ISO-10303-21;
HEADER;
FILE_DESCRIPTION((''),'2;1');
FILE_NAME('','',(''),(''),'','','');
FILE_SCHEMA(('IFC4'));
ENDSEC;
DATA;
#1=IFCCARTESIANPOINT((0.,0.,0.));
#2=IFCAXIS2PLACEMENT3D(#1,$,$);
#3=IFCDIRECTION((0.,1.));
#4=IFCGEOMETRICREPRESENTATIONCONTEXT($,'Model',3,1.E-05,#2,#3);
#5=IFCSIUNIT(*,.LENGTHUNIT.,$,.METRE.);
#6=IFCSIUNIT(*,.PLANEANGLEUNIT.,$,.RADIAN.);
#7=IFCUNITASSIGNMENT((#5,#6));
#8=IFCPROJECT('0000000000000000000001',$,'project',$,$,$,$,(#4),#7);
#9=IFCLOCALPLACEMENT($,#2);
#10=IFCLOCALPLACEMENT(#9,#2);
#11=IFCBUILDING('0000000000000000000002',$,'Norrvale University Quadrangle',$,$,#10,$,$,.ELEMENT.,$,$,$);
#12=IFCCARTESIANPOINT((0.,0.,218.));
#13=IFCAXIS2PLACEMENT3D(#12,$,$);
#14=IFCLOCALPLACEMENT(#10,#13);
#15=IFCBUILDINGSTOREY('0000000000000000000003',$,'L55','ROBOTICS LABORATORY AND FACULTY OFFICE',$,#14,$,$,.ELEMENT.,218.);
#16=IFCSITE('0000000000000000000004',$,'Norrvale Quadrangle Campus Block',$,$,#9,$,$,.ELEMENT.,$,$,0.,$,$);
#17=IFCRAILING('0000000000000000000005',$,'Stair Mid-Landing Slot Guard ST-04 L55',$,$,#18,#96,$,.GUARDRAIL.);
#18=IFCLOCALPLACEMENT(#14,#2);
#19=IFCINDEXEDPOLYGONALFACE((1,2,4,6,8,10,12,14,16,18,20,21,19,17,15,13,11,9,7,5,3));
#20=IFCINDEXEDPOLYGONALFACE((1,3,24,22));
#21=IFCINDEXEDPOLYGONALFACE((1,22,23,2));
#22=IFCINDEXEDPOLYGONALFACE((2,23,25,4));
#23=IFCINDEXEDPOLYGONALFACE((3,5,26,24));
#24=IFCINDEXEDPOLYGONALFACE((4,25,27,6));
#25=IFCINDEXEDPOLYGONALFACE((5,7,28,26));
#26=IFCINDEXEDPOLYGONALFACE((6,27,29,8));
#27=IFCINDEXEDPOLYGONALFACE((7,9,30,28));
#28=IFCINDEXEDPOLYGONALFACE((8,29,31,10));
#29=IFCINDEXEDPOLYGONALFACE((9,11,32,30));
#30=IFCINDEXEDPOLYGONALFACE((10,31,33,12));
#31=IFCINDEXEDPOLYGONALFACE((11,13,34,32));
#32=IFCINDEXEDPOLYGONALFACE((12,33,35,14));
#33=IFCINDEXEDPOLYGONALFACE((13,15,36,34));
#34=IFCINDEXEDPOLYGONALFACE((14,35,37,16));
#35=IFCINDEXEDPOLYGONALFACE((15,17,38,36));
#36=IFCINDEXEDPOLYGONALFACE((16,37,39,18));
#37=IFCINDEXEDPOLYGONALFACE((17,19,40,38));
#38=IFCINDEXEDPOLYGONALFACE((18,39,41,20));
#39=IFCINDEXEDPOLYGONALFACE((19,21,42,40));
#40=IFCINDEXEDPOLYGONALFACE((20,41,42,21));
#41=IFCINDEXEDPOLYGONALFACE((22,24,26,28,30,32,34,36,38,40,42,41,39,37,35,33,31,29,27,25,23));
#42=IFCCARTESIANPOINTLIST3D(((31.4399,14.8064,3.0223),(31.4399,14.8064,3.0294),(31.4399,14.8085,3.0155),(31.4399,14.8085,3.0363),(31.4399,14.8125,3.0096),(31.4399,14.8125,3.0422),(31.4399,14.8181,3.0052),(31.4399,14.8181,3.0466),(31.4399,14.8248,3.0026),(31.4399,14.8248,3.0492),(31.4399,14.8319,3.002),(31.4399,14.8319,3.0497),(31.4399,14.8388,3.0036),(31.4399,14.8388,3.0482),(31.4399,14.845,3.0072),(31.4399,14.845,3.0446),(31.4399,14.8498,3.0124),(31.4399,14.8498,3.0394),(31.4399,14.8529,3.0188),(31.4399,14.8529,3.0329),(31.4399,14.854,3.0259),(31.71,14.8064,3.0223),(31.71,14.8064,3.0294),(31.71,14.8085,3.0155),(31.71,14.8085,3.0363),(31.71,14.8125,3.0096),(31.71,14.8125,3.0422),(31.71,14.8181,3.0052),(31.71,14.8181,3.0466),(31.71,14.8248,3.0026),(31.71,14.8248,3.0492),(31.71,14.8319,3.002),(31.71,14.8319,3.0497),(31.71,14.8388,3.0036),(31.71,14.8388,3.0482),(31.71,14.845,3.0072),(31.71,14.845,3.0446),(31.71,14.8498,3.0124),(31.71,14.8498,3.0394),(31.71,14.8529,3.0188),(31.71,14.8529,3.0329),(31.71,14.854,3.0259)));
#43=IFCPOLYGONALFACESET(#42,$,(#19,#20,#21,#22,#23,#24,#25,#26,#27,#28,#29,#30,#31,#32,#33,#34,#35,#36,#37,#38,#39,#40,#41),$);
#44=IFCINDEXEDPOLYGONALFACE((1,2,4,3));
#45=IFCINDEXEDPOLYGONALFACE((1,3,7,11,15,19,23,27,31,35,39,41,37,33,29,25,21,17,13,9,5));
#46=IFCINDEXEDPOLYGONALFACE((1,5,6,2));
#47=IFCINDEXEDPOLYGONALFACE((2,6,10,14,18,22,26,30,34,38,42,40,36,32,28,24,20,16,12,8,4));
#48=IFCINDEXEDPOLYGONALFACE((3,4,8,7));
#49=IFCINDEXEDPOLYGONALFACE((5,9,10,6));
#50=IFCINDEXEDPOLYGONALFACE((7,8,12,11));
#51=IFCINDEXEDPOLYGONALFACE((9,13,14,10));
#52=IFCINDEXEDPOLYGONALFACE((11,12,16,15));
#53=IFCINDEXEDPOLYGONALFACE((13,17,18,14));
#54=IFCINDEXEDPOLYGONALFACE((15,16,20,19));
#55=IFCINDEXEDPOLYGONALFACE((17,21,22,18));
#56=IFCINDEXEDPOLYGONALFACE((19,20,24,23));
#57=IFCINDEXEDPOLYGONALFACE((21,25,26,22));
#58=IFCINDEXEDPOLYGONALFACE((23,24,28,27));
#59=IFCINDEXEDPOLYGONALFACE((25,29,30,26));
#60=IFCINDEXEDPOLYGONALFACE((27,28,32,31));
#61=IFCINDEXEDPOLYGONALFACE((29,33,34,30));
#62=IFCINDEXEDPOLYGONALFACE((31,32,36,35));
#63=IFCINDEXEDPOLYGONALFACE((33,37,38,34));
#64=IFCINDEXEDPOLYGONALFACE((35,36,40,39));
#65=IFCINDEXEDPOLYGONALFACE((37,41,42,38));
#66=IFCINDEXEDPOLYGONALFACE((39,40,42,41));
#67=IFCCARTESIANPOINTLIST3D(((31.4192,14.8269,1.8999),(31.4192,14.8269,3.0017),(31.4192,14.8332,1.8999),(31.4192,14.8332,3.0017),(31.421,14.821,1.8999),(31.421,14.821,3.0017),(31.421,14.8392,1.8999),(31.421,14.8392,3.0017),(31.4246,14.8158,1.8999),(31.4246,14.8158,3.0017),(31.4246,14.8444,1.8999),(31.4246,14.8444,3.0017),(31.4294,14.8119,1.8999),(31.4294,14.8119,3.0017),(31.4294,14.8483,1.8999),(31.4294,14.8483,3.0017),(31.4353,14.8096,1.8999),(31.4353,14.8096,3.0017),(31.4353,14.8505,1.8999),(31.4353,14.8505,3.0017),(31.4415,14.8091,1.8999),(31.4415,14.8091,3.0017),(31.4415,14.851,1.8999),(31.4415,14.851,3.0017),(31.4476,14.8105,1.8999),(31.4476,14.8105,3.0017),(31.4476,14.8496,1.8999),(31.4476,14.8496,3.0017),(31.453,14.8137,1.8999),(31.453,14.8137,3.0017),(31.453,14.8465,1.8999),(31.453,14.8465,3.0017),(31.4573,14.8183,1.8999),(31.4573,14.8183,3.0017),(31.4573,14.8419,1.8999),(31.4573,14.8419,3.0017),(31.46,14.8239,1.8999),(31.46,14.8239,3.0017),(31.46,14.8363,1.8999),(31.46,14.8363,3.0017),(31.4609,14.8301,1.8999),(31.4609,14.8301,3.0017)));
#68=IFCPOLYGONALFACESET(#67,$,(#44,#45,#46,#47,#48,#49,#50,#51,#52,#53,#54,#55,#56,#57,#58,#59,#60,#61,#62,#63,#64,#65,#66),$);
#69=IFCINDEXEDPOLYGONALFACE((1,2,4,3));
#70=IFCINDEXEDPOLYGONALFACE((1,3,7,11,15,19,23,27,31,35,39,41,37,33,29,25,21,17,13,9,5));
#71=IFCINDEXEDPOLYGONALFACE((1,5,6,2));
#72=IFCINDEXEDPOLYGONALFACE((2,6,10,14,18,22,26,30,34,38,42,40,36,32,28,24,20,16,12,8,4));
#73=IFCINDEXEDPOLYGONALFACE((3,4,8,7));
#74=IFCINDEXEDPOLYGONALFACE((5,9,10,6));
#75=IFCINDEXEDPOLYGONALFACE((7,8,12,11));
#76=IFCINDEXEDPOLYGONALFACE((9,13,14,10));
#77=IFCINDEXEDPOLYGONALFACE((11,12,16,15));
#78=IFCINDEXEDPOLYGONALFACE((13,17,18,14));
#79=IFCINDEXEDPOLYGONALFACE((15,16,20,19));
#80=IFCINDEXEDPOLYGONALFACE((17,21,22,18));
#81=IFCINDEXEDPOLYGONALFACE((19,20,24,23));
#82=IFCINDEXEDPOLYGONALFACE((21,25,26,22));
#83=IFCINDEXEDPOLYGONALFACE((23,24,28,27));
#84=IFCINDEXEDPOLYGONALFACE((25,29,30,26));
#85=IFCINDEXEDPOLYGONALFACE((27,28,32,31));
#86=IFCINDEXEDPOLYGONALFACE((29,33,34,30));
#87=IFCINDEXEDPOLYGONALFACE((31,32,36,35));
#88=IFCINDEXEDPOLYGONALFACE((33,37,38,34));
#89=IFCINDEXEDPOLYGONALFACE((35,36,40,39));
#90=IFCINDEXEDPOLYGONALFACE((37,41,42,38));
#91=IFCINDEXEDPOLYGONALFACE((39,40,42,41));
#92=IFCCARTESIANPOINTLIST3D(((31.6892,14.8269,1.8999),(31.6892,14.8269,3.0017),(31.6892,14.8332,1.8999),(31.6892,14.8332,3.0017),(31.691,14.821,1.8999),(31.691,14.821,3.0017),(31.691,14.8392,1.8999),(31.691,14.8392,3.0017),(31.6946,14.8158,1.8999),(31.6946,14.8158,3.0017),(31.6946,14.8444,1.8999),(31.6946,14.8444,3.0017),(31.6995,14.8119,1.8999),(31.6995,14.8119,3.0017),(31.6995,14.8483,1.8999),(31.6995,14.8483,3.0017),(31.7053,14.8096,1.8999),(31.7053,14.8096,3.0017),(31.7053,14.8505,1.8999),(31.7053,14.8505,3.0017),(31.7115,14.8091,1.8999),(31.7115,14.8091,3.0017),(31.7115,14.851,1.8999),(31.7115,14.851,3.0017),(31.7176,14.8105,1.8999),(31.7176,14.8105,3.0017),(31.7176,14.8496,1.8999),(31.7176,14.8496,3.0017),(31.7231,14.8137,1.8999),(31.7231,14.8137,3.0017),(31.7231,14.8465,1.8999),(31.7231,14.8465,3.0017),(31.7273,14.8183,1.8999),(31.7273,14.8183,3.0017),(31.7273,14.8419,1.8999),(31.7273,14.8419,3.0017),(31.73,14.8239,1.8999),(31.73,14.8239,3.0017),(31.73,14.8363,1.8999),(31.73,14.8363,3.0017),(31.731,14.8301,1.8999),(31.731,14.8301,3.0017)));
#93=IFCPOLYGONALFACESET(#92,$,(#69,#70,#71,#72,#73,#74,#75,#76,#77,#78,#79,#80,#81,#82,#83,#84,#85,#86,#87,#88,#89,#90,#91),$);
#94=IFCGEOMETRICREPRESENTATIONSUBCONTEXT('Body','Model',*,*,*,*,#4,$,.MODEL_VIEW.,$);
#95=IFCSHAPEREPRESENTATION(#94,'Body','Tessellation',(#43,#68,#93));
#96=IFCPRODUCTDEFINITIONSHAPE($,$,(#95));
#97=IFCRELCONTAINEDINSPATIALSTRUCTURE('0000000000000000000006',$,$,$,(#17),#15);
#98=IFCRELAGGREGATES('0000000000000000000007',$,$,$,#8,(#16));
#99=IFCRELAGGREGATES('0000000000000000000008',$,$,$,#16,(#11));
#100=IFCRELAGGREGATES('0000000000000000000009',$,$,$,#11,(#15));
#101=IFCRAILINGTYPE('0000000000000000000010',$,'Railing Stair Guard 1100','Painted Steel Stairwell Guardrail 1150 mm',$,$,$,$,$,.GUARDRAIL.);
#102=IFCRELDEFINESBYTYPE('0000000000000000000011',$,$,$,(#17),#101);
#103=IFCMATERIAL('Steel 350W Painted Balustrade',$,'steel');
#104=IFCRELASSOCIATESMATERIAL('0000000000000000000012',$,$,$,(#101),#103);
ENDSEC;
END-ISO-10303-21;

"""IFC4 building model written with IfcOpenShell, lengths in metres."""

from ifc_helpers import new_model, si_unit, direction, frame, origin, origin_2d, place, context, subcontext, project, spatial, circle, extrude, material, type_object, element, save


model = new_model("IFC4")

# Units and contexts
model_context = context("Model", 3, precision=1e-05, world=origin(), true_north=direction((0.0, 1.0)))
body_context = subcontext(model_context, "Body", "Model", "MODEL_VIEW")
ifc_project = project(units=[si_unit("LENGTHUNIT", "METRE"), si_unit("PLANEANGLEUNIT", "RADIAN")], contexts=[model_context])

# Site, building, storey
site_placement = place(None, origin())
site = spatial("IfcSite", under=ifc_project, at=site_placement, Name="Norrvale Quadrangle Campus Block", CompositionType="ELEMENT", RefElevation=0.0)
building_placement = place(site_placement, origin())
building = spatial("IfcBuilding", under=site, at=building_placement, Name="Norrvale University Quadrangle", CompositionType="ELEMENT")
storey_placement = place(building_placement, frame((0.0, 0.0, 218.0)))
storey = spatial("IfcBuildingStorey", under=building, at=storey_placement, Name="L55", Description="ROBOTICS LABORATORY AND FACULTY OFFICE", CompositionType="ELEMENT", Elevation=218.0)

# Railing
ifc_material_1 = material(Name="Steel 350W Painted Balustrade", Category="steel")
railing_type_1 = type_object("IfcRailingType", Name="Railing Stair Guard 1100", Description="Painted Steel Stairwell Guardrail 1150 mm", PredefinedType="GUARDRAIL", material=ifc_material_1)
railing_1_placement = place(storey_placement, frame((31.4399, 14.8301, 1.8999)))
element("IfcRailing", 1, at=railing_1_placement, inside=storey, type_object=railing_type_1, Name="Stair Mid-Landing Slot Guard ST-04 L55", PredefinedType="GUARDRAIL", context=body_context, shape_type="SweptSolid", body=[
    extrude(circle(Radius=0.0239, at=origin_2d()), frame((0.0, 0.0, 1.126), z_axis=(1.0, 0.0, 0.0), x_axis=(0.0, 1.0, 0.0)), (0.0, 0.0, 1.0), 0.27),
    extrude(circle(Radius=0.021, at=origin_2d()), origin(), (0.0, 0.0, 1.0), 1.1018),
    extrude(circle(Radius=0.021, at=origin_2d()), frame((0.27, 0.0, 0.0)), (0.0, 0.0, 1.0), 1.1018),
])

save(model, "model.ifc")
